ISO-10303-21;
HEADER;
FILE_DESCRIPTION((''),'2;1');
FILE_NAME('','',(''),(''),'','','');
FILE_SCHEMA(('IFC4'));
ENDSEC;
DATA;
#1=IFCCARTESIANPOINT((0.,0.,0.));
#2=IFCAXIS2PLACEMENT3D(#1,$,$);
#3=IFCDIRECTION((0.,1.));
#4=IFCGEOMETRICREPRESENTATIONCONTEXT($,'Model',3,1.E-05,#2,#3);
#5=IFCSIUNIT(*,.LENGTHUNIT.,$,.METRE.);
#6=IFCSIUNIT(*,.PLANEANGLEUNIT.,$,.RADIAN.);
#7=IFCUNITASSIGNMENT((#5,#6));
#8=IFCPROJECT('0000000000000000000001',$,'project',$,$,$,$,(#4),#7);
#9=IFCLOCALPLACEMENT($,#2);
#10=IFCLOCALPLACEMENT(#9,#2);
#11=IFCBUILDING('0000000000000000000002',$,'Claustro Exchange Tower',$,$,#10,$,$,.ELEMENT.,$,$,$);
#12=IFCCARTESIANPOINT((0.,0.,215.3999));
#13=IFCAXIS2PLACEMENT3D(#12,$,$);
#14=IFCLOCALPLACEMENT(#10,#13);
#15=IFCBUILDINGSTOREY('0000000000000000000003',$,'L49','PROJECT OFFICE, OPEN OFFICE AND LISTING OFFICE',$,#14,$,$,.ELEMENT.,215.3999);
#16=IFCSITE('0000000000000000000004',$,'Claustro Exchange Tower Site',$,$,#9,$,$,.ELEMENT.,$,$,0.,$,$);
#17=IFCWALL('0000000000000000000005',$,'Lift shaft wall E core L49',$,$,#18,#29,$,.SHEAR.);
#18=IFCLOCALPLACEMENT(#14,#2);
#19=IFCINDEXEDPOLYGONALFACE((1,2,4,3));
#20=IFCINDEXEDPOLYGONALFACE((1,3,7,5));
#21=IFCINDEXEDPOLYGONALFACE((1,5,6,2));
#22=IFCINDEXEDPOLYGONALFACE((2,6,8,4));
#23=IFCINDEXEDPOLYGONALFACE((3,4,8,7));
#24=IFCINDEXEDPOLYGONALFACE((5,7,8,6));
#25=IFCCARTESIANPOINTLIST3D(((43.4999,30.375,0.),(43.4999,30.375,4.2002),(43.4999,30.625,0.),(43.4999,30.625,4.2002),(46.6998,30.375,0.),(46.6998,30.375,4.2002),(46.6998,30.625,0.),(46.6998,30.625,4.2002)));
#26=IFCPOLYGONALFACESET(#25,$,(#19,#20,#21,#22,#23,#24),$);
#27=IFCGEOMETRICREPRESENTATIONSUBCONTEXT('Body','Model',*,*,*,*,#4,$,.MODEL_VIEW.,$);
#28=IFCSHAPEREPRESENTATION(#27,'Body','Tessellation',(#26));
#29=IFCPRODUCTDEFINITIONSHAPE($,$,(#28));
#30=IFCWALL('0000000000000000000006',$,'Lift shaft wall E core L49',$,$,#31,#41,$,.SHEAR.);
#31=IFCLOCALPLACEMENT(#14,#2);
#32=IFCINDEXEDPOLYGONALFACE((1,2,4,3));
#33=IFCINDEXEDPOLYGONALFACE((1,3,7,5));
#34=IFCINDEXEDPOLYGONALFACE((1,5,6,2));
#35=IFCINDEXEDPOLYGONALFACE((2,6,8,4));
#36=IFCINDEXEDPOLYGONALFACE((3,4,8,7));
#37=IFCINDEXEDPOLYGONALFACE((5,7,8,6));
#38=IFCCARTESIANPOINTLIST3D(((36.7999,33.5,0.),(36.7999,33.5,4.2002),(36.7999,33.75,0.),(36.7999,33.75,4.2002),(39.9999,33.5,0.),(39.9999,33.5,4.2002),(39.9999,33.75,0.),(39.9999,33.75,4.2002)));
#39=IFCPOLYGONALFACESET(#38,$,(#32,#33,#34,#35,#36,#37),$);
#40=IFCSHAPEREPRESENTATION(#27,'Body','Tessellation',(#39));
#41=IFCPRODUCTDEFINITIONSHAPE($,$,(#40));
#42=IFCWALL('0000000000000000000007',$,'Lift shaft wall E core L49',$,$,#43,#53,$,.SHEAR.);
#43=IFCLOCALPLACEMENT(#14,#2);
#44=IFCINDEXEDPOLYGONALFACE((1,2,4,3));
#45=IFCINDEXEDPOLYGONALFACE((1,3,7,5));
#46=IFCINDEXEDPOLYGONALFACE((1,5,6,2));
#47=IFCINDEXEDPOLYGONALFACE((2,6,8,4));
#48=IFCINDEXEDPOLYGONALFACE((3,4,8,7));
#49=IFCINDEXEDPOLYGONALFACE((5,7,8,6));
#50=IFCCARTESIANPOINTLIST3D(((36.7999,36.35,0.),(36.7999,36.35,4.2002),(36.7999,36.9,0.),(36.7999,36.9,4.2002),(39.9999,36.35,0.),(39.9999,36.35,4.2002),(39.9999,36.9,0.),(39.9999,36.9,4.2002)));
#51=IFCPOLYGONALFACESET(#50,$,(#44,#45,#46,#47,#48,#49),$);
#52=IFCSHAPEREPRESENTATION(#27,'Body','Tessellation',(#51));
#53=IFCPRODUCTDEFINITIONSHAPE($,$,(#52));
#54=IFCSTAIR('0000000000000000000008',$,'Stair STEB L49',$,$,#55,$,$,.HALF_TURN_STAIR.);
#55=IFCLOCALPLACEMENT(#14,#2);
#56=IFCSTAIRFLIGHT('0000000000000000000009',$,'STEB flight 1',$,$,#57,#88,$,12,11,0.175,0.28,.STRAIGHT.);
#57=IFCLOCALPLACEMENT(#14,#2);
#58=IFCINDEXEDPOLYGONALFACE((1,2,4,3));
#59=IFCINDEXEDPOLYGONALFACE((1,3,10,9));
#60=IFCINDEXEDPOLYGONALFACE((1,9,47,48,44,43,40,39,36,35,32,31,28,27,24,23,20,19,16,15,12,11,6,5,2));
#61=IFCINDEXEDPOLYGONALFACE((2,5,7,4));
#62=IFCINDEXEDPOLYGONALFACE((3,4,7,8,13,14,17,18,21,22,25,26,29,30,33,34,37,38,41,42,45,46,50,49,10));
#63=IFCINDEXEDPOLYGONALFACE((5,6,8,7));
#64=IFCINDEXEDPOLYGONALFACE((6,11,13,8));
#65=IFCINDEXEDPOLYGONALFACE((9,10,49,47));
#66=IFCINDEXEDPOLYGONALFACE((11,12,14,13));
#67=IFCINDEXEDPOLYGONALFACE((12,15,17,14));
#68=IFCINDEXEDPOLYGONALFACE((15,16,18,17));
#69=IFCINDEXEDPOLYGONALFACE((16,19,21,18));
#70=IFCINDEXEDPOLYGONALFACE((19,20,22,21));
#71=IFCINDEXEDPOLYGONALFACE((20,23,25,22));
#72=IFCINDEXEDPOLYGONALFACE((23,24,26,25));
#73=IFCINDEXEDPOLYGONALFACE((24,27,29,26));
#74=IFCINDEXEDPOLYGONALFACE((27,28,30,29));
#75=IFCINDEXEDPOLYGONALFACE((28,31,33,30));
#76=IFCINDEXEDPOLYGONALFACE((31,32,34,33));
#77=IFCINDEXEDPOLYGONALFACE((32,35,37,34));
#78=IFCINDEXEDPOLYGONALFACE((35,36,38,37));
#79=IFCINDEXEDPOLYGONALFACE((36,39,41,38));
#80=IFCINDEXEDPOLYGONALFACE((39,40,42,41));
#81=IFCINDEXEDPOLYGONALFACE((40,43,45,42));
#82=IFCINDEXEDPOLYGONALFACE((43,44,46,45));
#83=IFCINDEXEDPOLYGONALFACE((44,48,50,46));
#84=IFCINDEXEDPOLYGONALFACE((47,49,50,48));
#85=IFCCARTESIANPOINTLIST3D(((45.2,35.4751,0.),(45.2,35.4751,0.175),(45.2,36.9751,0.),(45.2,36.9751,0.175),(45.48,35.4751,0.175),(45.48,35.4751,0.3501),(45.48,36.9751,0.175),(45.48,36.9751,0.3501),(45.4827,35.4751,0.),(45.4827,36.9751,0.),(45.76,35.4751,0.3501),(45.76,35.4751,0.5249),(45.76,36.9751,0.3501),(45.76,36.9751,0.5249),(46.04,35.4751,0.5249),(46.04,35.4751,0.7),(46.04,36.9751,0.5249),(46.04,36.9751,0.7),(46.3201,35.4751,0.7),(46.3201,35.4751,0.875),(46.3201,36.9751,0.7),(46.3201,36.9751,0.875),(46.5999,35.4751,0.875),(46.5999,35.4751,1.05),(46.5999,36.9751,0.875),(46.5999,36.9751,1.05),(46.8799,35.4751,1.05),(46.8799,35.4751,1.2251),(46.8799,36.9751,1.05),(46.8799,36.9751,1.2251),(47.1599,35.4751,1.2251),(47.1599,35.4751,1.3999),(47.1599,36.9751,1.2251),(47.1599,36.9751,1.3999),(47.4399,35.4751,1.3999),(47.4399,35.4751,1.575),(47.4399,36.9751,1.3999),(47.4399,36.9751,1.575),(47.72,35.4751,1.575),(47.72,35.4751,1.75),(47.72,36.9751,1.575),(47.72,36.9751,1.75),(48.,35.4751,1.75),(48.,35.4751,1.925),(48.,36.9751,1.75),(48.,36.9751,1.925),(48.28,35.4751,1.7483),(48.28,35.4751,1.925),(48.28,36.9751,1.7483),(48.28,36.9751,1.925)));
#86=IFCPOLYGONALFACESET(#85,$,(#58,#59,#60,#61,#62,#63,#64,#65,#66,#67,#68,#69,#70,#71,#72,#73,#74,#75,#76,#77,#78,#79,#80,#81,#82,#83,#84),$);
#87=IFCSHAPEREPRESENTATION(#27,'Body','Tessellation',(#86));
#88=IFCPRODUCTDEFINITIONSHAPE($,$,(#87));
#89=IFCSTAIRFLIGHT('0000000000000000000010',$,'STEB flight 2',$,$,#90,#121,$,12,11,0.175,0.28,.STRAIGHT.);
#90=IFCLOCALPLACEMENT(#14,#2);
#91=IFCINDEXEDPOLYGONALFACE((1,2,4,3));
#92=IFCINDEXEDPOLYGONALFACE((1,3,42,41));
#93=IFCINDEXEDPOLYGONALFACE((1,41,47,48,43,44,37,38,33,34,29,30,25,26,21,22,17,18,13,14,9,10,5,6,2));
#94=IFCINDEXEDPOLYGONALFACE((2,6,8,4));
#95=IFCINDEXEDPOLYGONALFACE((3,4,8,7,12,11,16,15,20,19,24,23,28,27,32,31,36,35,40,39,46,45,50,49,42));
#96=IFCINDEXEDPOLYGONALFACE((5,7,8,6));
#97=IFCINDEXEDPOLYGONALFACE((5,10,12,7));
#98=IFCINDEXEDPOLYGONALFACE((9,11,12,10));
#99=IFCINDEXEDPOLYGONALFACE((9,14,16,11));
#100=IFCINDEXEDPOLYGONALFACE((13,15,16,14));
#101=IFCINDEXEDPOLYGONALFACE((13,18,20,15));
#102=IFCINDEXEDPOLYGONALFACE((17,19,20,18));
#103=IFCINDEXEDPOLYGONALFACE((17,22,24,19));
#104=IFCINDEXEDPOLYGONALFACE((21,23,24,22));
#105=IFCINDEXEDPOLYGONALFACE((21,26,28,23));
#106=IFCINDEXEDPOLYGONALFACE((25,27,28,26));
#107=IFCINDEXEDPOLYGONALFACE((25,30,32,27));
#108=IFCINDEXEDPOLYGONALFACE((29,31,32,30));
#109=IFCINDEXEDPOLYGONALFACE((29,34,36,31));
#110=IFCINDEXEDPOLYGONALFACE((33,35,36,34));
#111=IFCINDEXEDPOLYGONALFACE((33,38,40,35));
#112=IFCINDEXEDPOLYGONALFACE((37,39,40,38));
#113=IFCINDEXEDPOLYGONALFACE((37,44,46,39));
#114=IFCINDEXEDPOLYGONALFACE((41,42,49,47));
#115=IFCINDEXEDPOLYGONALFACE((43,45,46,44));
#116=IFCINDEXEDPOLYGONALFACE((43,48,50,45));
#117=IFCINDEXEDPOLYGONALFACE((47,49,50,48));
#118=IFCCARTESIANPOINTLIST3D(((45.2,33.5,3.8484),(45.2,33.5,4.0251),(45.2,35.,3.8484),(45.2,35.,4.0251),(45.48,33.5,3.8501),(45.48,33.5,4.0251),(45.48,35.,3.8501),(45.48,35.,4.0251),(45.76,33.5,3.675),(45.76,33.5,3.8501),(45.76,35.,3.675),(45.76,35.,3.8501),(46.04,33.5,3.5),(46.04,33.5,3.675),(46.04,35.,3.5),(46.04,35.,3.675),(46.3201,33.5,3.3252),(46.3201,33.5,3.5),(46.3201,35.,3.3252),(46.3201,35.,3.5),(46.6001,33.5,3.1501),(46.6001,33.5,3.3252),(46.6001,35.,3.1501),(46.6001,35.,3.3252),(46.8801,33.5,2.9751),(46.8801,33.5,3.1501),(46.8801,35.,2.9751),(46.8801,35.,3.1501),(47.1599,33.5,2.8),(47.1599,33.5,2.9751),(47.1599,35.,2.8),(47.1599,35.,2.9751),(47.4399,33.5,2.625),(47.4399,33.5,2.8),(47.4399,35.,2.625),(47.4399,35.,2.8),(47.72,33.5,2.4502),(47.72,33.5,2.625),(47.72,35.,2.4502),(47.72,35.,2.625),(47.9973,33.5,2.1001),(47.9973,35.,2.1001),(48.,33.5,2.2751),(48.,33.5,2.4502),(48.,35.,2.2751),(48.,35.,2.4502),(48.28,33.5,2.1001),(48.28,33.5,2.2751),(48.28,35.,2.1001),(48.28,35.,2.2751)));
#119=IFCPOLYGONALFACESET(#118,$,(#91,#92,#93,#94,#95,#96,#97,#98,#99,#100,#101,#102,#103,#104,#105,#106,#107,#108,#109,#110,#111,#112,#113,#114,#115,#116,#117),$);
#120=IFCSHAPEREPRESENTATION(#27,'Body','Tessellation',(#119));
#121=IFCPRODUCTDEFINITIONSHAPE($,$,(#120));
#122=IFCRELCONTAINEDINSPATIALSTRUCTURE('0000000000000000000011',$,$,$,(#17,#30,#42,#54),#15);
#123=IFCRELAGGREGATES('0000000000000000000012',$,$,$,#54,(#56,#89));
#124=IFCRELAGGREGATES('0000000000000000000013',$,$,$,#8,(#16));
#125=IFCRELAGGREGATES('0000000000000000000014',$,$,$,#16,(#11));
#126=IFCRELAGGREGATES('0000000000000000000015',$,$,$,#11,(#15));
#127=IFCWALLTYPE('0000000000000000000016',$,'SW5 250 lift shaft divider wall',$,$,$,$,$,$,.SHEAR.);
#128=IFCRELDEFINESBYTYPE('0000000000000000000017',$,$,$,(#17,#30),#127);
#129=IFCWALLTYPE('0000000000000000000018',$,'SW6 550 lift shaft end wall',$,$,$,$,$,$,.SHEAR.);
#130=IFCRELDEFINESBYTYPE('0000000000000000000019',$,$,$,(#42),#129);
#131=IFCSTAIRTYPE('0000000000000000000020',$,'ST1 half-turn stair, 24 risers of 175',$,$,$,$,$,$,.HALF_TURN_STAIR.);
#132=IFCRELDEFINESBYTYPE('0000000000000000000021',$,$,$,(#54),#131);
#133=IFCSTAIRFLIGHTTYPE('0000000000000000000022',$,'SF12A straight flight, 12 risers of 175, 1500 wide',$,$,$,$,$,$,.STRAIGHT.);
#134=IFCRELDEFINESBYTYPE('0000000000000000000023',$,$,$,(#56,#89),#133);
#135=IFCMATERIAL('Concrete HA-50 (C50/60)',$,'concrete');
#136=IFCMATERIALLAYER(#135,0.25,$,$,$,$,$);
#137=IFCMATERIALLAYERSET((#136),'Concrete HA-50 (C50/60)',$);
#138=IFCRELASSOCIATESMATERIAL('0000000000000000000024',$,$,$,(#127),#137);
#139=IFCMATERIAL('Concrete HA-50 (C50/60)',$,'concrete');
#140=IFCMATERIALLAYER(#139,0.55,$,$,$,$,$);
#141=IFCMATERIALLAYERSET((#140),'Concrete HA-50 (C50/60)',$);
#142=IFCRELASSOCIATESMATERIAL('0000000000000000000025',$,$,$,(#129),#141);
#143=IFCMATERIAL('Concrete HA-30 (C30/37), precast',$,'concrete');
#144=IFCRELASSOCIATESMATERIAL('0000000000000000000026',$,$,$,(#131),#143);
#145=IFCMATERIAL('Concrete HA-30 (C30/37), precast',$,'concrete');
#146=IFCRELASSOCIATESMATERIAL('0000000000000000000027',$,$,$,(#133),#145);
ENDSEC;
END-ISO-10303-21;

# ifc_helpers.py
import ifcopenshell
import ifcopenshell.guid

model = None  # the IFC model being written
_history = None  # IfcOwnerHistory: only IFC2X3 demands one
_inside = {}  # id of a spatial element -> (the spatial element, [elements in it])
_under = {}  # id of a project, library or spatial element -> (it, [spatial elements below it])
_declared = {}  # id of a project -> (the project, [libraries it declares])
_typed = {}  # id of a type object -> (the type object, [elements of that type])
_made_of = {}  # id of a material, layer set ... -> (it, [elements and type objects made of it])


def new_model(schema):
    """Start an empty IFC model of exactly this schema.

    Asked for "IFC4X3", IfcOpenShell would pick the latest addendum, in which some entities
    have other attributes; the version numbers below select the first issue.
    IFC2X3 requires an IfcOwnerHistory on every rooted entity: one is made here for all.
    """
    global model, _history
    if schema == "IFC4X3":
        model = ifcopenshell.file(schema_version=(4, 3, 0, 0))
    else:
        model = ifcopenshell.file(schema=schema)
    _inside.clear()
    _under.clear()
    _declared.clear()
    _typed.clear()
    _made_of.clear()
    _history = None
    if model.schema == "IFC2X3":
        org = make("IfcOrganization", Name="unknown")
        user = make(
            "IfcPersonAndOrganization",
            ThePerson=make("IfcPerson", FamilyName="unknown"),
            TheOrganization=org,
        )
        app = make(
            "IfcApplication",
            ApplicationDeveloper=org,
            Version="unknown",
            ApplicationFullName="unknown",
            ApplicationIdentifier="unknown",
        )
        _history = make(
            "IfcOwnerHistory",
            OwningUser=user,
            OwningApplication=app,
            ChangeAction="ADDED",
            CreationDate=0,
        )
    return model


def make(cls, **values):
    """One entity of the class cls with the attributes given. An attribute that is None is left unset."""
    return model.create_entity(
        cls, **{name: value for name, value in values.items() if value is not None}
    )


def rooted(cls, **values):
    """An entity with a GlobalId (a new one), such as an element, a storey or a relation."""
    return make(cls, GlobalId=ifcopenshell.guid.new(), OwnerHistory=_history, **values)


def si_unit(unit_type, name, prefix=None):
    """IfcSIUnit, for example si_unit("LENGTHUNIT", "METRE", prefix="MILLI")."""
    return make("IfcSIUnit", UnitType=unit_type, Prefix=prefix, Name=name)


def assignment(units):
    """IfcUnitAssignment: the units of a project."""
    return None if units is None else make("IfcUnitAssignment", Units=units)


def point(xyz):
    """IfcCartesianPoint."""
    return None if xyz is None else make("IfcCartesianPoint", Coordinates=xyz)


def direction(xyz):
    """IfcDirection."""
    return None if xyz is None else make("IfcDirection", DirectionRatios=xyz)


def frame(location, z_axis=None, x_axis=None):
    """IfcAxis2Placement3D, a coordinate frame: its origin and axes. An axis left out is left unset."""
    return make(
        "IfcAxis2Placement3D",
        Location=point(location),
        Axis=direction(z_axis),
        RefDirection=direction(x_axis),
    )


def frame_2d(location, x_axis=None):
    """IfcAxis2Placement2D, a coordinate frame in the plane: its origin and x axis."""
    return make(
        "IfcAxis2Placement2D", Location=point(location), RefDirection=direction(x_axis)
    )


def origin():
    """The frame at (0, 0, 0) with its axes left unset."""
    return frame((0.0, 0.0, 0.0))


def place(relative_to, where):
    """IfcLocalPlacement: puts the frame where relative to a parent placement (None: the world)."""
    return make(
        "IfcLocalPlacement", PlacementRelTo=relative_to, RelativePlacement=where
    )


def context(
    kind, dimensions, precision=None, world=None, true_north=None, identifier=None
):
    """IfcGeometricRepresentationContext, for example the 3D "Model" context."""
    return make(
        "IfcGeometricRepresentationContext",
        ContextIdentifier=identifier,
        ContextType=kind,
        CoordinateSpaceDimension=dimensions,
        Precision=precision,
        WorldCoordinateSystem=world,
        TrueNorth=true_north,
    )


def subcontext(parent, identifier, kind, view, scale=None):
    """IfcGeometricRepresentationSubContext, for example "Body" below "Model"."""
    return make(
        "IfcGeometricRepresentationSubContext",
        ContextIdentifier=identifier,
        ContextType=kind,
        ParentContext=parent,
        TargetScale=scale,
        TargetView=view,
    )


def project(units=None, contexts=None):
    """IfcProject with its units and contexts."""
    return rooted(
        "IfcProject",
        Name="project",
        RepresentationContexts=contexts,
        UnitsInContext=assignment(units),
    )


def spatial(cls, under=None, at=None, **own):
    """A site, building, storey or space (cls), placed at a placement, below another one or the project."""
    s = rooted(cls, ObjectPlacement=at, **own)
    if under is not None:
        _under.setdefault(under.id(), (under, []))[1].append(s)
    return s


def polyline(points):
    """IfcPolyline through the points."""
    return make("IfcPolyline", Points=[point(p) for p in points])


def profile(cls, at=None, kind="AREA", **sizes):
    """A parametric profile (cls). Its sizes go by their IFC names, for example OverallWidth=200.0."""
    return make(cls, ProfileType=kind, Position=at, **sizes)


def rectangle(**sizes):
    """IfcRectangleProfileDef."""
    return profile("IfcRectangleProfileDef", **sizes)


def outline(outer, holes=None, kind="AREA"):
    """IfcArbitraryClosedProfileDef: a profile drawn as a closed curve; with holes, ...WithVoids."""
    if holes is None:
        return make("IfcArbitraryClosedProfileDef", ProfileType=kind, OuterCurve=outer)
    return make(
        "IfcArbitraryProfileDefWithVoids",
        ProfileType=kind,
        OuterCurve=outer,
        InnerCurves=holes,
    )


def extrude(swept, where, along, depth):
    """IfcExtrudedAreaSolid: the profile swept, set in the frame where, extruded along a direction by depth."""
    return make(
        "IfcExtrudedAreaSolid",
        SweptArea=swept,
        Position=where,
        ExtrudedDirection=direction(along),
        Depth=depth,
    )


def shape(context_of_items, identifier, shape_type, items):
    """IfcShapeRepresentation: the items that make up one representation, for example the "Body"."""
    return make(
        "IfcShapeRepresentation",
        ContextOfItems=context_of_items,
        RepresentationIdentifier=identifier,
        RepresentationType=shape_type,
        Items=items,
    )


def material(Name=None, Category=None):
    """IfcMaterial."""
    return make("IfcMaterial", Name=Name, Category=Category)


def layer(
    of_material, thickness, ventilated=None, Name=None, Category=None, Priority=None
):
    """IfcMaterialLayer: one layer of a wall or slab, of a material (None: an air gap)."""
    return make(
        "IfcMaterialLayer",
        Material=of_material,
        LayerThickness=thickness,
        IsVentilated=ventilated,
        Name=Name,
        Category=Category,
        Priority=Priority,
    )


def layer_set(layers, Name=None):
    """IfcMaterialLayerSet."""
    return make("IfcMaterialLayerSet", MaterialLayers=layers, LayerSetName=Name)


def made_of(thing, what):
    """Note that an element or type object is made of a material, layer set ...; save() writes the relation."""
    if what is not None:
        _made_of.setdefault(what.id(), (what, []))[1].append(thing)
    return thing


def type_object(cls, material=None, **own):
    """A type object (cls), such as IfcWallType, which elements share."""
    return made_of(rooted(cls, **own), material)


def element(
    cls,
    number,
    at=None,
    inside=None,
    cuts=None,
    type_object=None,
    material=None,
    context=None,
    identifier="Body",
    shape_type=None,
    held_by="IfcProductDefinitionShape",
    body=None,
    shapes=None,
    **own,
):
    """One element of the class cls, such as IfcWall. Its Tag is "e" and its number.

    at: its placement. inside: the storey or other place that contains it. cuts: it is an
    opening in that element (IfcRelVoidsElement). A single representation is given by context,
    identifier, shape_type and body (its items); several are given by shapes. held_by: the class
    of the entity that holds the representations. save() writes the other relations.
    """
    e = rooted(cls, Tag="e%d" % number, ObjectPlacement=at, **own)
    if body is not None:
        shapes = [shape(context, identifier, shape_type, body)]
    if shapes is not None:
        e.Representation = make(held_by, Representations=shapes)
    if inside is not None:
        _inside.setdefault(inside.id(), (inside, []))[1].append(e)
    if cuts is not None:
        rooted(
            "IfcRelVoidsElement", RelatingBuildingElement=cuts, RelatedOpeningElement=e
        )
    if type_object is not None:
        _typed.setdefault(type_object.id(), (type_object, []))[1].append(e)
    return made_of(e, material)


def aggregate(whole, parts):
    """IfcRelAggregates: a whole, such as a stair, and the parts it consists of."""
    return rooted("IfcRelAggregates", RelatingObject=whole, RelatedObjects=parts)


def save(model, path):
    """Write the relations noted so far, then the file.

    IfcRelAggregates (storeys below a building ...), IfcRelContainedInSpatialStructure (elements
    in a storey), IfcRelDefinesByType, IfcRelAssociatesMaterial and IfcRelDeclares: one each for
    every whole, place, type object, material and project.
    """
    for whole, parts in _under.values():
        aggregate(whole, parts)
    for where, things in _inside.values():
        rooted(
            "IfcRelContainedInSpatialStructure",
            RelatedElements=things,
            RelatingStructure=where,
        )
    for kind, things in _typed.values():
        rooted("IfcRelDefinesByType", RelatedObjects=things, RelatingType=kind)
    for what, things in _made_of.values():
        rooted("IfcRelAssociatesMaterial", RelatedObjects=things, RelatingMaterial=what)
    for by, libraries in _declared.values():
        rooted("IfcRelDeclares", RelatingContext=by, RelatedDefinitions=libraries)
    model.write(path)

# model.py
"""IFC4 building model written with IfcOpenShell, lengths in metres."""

from ifc_helpers import new_model, si_unit, direction, frame, frame_2d, origin, place, context, subcontext, project, spatial, polyline, rectangle, outline, extrude, material, layer, layer_set, type_object, element, aggregate, save


model = new_model("IFC4")

# Units and contexts
model_context = context("Model", 3, precision=1e-05, world=origin(), true_north=direction((0.0, 1.0)))
body_context = subcontext(model_context, "Body", "Model", "MODEL_VIEW")
ifc_project = project(units=[si_unit("LENGTHUNIT", "METRE"), si_unit("PLANEANGLEUNIT", "RADIAN")], contexts=[model_context])

# Site, building, storey
site_placement = place(None, origin())
site = spatial("IfcSite", under=ifc_project, at=site_placement, Name="Claustro Exchange Tower Site", CompositionType="ELEMENT", RefElevation=0.0)
building_placement = place(site_placement, origin())
building = spatial("IfcBuilding", under=site, at=building_placement, Name="Claustro Exchange Tower", CompositionType="ELEMENT")
storey_placement = place(building_placement, frame((0.0, 0.0, 215.3999)))
storey = spatial("IfcBuildingStorey", under=building, at=storey_placement, Name="L49", Description="PROJECT OFFICE, OPEN OFFICE AND LISTING OFFICE", CompositionType="ELEMENT", Elevation=215.3999)

# Walls
ifc_material_1 = material(Name="Concrete HA-50 (C50/60)", Category="concrete")
ifc_layer_1 = layer(ifc_material_1, 0.25)
ifc_layer_set_1 = layer_set([ifc_layer_1], Name="Concrete HA-50 (C50/60)")
wall_type_1 = type_object("IfcWallType", Name="SW5 250 lift shaft divider wall", PredefinedType="SHEAR", material=ifc_layer_set_1)
for number, where, z_axis, x_axis, name in (
    (1, (46.7, 30.5, 0.0), (0.0, 0.0, 1.0), (-1.0, 0.0, 0.0), "Lift shaft wall E core L49"),
    (2, (40.0, 33.625, 0.0), (0.0, 0.0, 1.0), (-1.0, 0.0, 0.0), "Lift shaft wall E core L49"),
):
    element("IfcWall", number, at=place(storey_placement, frame(where, z_axis=z_axis, x_axis=x_axis)), inside=storey, type_object=wall_type_1, Name=name, PredefinedType="SHEAR", context=body_context, shape_type="SweptSolid", body=[
        extrude(rectangle(XDim=3.2, YDim=0.25, at=frame_2d((1.6001, 0.0))), origin(), (0.0, 0.0, 1.0), 4.2002),
    ])
ifc_material_2 = material(Name="Concrete HA-50 (C50/60)", Category="concrete")
ifc_layer_2 = layer(ifc_material_2, 0.55)
ifc_layer_set_2 = layer_set([ifc_layer_2], Name="Concrete HA-50 (C50/60)")
wall_type_2 = type_object("IfcWallType", Name="SW6 550 lift shaft end wall", PredefinedType="SHEAR", material=ifc_layer_set_2)
wall_1_placement = place(storey_placement, frame((40.0, 36.625, 0.0), z_axis=(0.0, 0.0, 1.0), x_axis=(-1.0, 0.0, 0.0)))
element("IfcWall", 3, at=wall_1_placement, inside=storey, type_object=wall_type_2, Name="Lift shaft wall E core L49", PredefinedType="SHEAR", context=body_context, shape_type="SweptSolid", body=[
    extrude(rectangle(XDim=3.2, YDim=0.55, at=frame_2d((1.6001, 0.0))), origin(), (0.0, 0.0, 1.0), 4.2002),
])

# Stair, stair flights
ifc_material_3 = material(Name="Concrete HA-30 (C30/37), precast", Category="concrete")
stair_type = type_object("IfcStairType", Name="ST1 half-turn stair, 24 risers of 175", PredefinedType="HALF_TURN_STAIR", material=ifc_material_3)
stair_placement = place(storey_placement, origin())
stair = element("IfcStair", 4, at=stair_placement, inside=storey, type_object=stair_type, Name="Stair STEB L49", PredefinedType="HALF_TURN_STAIR")
ifc_material_4 = material(Name="Concrete HA-30 (C30/37), precast", Category="concrete")
stair_flight_type = type_object("IfcStairFlightType", Name="SF12A straight flight, 12 risers of 175, 1500 wide", PredefinedType="STRAIGHT", material=ifc_material_4)
stair_flight_1_placement = place(storey_placement, frame((45.2, 36.2251, 0.0), z_axis=(0.0, 0.0, 1.0), x_axis=(1.0, 0.0, 0.0)))
stair_flight_1 = element("IfcStairFlight", 5, at=stair_flight_1_placement, type_object=stair_flight_type, Name="STEB flight 1", NumberOfRisers=12, NumberOfTreads=11, PredefinedType="STRAIGHT", RiserHeight=0.175, TreadLength=0.28, context=body_context, shape_type="SweptSolid", body=[
    extrude(outline(polyline([(0.0, 0.0), (0.0, 0.175), (0.28, 0.175), (0.28, 0.3501), (0.5601, 0.3501), (0.5601, 0.5249), (0.8401, 0.5249), (0.8401, 0.7), (1.1201, 0.7), (1.1201, 0.875), (1.3999, 0.875), (1.3999, 1.05), (1.6799, 1.05), (1.6799, 1.2251), (1.96, 1.2251), (1.96, 1.3999), (2.24, 1.3999), (2.24, 1.575), (2.52, 1.575), (2.52, 1.75), (2.8, 1.75), (2.8, 1.925), (3.0801, 1.925), (3.0801, 2.1001), (3.0801, 1.7483), (0.2827, 0.0), (0.0, 0.0)])), frame((0.0, 0.75, 0.0), z_axis=(0.0, -1.0, 0.0), x_axis=(1.0, 0.0, 0.0)), (0.0, 0.0, 1.0), 1.5),
])
stair_flight_2_placement = place(storey_placement, frame((48.28, 34.25, 2.1001), z_axis=(0.0, 0.0, 1.0), x_axis=(-1.0, 0.0, 0.0)))
stair_flight_2 = element("IfcStairFlight", 6, at=stair_flight_2_placement, type_object=stair_flight_type, Name="STEB flight 2", NumberOfRisers=12, NumberOfTreads=11, PredefinedType="STRAIGHT", RiserHeight=0.175, TreadLength=0.28, context=body_context, shape_type="SweptSolid", body=[
    extrude(outline(polyline([(0.0, 0.0), (0.0, 0.175), (0.28, 0.175), (0.28, 0.3501), (0.5601, 0.3501), (0.5601, 0.5249), (0.8401, 0.5249), (0.8401, 0.7), (1.1201, 0.7), (1.1201, 0.875), (1.3999, 0.875), (1.3999, 1.05), (1.6799, 1.05), (1.6799, 1.2251), (1.96, 1.2251), (1.96, 1.3999), (2.24, 1.3999), (2.24, 1.575), (2.52, 1.575), (2.52, 1.75), (2.8, 1.75), (2.8, 1.925), (3.0801, 1.925), (3.0801, 2.1001), (3.0801, 1.7483), (0.2827, 0.0), (0.0, 0.0)])), frame((0.0, 0.75, 0.0), z_axis=(0.0, -1.0, 0.0), x_axis=(1.0, 0.0, 0.0)), (0.0, 0.0, 1.0), 1.5),
])
aggregate(stair, [stair_flight_1, stair_flight_2])

save(model, "model.ifc")
